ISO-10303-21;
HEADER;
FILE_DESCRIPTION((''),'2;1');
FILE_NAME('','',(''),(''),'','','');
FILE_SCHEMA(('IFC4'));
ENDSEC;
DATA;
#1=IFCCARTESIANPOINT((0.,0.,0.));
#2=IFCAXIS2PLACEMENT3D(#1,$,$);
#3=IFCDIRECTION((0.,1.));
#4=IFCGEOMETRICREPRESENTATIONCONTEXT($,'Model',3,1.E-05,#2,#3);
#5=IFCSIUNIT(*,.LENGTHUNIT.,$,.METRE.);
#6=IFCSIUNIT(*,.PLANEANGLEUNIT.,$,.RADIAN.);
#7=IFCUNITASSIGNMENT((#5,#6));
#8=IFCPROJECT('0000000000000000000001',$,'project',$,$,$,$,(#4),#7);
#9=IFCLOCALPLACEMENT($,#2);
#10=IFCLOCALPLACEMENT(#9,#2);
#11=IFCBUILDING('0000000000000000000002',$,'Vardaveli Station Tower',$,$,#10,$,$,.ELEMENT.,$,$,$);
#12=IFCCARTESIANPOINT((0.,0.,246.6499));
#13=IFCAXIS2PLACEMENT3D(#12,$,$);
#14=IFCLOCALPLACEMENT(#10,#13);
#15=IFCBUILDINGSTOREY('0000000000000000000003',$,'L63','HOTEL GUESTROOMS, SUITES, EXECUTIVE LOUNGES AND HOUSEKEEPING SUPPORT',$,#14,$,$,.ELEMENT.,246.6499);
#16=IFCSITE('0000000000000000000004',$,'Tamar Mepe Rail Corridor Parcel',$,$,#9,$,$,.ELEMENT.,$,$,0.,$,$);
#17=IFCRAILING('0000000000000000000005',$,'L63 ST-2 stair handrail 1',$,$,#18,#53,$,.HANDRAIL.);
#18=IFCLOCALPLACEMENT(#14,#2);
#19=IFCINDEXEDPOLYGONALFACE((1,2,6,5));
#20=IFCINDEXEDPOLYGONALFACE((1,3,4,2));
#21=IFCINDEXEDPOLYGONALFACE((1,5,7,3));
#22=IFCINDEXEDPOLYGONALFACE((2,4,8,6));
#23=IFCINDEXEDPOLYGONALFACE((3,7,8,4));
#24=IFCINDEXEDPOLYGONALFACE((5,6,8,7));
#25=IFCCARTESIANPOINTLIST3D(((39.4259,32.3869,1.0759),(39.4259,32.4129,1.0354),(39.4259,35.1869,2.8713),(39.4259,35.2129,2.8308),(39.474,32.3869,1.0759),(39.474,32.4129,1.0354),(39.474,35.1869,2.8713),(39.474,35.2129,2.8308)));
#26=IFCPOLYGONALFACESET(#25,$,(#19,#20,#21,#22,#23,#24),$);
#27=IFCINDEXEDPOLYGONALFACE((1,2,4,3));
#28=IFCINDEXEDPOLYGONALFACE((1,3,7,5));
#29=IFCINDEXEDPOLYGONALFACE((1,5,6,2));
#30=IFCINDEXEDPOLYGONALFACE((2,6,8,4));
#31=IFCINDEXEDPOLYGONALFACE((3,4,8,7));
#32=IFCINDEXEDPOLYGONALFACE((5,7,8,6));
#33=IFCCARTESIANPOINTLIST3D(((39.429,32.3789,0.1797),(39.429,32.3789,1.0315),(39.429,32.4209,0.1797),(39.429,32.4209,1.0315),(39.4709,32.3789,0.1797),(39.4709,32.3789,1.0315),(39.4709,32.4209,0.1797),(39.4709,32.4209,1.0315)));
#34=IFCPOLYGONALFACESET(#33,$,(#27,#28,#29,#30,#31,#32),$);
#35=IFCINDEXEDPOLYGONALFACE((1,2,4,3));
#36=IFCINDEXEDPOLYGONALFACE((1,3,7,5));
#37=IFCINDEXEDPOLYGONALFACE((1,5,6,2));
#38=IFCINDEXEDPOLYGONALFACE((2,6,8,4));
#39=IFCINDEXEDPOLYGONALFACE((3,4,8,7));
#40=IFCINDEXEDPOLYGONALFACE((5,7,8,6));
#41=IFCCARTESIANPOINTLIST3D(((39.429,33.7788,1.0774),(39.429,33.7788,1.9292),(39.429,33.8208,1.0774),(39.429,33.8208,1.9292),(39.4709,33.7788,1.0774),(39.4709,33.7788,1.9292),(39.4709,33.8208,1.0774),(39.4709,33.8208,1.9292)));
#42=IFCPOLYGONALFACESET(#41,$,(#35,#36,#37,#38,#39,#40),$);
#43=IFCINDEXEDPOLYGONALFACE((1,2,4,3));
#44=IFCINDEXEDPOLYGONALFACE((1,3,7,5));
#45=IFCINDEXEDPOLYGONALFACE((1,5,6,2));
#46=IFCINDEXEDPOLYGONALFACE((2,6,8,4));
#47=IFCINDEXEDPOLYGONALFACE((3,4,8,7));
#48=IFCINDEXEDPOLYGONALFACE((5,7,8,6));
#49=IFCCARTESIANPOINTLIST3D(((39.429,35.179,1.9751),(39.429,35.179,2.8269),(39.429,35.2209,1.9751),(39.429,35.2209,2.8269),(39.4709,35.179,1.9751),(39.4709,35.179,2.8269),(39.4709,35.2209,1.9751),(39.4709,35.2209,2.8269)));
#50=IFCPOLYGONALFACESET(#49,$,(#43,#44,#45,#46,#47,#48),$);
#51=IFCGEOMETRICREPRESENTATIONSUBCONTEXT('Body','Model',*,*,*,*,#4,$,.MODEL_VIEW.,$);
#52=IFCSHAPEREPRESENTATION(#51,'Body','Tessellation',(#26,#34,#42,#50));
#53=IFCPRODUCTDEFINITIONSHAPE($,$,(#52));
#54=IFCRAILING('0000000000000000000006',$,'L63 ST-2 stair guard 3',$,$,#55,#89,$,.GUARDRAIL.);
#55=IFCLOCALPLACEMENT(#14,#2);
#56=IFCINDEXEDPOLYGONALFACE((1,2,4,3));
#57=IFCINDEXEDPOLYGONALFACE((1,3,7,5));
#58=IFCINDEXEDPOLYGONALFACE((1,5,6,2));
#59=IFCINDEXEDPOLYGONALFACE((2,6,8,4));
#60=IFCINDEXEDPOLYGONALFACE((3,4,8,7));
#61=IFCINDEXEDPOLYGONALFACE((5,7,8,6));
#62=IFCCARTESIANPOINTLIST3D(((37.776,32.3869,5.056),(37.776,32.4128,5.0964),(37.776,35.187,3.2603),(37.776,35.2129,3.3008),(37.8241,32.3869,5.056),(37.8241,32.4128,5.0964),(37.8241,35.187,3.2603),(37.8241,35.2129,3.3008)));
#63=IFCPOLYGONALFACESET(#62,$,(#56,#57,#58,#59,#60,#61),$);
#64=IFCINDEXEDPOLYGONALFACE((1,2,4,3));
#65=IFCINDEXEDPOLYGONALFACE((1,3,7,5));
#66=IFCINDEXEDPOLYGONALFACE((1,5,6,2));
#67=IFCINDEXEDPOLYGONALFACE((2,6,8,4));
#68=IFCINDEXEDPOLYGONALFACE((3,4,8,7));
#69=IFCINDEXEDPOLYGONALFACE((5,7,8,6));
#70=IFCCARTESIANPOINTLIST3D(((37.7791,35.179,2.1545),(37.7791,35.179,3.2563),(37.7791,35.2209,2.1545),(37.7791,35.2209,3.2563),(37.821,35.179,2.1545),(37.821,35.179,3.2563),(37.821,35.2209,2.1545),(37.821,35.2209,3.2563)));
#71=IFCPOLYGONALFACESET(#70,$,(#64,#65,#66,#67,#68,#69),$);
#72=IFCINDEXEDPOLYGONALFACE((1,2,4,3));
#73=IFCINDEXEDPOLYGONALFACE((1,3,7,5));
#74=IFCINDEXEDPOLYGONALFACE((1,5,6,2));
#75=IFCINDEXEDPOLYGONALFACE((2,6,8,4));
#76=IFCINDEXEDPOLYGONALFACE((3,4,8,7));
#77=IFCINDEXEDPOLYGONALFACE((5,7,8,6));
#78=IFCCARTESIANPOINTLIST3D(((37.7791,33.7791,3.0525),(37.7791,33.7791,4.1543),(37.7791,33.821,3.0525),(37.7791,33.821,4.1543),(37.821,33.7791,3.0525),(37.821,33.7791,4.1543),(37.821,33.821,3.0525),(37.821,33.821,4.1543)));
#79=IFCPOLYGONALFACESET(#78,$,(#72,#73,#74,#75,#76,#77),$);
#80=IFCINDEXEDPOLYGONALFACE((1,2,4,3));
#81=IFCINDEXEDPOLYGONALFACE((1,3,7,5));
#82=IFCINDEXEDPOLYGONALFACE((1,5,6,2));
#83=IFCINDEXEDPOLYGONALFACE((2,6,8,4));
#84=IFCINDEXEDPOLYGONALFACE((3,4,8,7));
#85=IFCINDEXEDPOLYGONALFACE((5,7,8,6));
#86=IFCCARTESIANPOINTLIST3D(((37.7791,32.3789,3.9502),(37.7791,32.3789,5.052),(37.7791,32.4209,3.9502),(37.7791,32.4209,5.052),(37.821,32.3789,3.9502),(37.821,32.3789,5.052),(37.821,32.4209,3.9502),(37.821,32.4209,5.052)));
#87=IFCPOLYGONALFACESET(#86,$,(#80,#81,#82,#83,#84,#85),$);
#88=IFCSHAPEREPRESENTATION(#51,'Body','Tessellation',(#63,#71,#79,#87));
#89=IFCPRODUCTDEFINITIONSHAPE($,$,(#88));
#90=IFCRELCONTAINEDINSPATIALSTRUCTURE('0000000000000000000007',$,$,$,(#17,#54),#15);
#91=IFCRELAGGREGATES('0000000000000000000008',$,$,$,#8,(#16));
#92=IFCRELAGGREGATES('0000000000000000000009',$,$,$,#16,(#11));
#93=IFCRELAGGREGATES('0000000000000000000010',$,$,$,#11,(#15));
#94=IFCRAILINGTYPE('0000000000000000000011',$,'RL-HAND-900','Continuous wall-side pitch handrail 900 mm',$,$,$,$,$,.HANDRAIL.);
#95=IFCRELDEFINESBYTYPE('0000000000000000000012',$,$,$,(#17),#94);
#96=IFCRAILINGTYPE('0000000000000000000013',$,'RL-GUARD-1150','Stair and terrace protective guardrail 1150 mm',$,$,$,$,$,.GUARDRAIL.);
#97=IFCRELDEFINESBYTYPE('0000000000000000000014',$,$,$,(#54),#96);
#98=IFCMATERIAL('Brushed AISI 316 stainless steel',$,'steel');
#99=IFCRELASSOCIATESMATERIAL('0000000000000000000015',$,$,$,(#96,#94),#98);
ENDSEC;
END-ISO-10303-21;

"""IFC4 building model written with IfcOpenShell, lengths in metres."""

from ifc_helpers import new_model, si_unit, direction, frame, origin, origin_2d, place, context, subcontext, project, spatial, rectangle, extrude, source, transform, mapped, material, type_object, element, save


model = new_model("IFC4")

# Units and contexts
model_context = context("Model", 3, precision=1e-05, world=origin(), true_north=direction((0.0, 1.0)))
body_context = subcontext(model_context, "Body", "Model", "MODEL_VIEW")
ifc_project = project(units=[si_unit("LENGTHUNIT", "METRE"), si_unit("PLANEANGLEUNIT", "RADIAN")], contexts=[model_context])

# Site, building, storey
site_placement = place(None, origin())
site = spatial("IfcSite", under=ifc_project, at=site_placement, Name="Tamar Mepe Rail Corridor Parcel", CompositionType="ELEMENT", RefElevation=0.0)
building_placement = place(site_placement, origin())
building = spatial("IfcBuilding", under=site, at=building_placement, Name="Vardaveli Station Tower", CompositionType="ELEMENT")
storey_placement = place(building_placement, frame((0.0, 0.0, 246.6499)))
storey = spatial("IfcBuildingStorey", under=building, at=storey_placement, Name="L63", Description="HOTEL GUESTROOMS, SUITES, EXECUTIVE LOUNGES AND HOUSEKEEPING SUPPORT", CompositionType="ELEMENT", Elevation=246.6499)

# Railings
ifc_material_1 = material(Name="Brushed AISI 316 stainless steel", Category="steel")
railing_type_1 = type_object("IfcRailingType", Name="RL-GUARD-1150", Description="Stair and terrace protective guardrail 1150 mm", PredefinedType="GUARDRAIL", material=ifc_material_1)
railing_type_2 = type_object("IfcRailingType", Name="RL-HAND-900", Description="Continuous wall-side pitch handrail 900 mm", PredefinedType="HANDRAIL", material=ifc_material_1)
shared_shape_1 = source(origin(), body_context, "Body", "SweptSolid", [
    extrude(rectangle(XDim=0.0481, YDim=0.0481, at=origin_2d()), frame((0.0, 0.0, 0.876), z_axis=(0.0, 0.84181, 0.539774), x_axis=(-1.0, 0.0, 0.0)), (0.0, 0.0, 1.0), 3.3262),
    extrude(rectangle(XDim=0.042, YDim=0.042, at=origin_2d()), origin(), (0.0, 0.0, 1.0), 0.8518),
    extrude(rectangle(XDim=0.042, YDim=0.042, at=origin_2d()), frame((0.0, 1.3999, 0.8977)), (0.0, 0.0, 1.0), 0.8518),
    extrude(rectangle(XDim=0.042, YDim=0.042, at=origin_2d()), frame((0.0, 2.8, 1.7954)), (0.0, 0.0, 1.0), 0.8518),
])
railing_1_placement = place(storey_placement, frame((39.45, 32.3999, 0.1797)))
element("IfcRailing", 1, at=railing_1_placement, inside=storey, type_object=railing_type_2, Name="L63 ST-2 stair handrail 1", PredefinedType="HANDRAIL", context=body_context, shape_type="MappedRepresentation", body=[
    mapped(shared_shape_1, transform((0.0, 0.0, 0.0), scale=1.0)),
])
shared_shape_2 = source(origin(), body_context, "Body", "SweptSolid", [
    extrude(rectangle(XDim=0.0481, YDim=0.0481, at=origin_2d()), frame((0.0, 0.0, 1.126), z_axis=(0.0, -0.841777, 0.539826), x_axis=(1.0, 0.0, 0.0)), (0.0, 0.0, 1.0), 3.3264),
    extrude(rectangle(XDim=0.042, YDim=0.042, at=origin_2d()), origin(), (0.0, 0.0, 1.0), 1.1018),
    extrude(rectangle(XDim=0.042, YDim=0.042, at=origin_2d()), frame((0.0, -1.3999, 0.8979)), (0.0, 0.0, 1.0), 1.1018),
    extrude(rectangle(XDim=0.042, YDim=0.042, at=origin_2d()), frame((0.0, -2.8, 1.7957)), (0.0, 0.0, 1.0), 1.1018),
])
railing_2_placement = place(storey_placement, frame((37.8, 35.2, 2.1545)))
element("IfcRailing", 2, at=railing_2_placement, inside=storey, type_object=railing_type_1, Name="L63 ST-2 stair guard 3", PredefinedType="GUARDRAIL", context=body_context, shape_type="MappedRepresentation", body=[
    mapped(shared_shape_2, transform((0.0, 0.0, 0.0), scale=1.0)),
])

save(model, "model.ifc")
